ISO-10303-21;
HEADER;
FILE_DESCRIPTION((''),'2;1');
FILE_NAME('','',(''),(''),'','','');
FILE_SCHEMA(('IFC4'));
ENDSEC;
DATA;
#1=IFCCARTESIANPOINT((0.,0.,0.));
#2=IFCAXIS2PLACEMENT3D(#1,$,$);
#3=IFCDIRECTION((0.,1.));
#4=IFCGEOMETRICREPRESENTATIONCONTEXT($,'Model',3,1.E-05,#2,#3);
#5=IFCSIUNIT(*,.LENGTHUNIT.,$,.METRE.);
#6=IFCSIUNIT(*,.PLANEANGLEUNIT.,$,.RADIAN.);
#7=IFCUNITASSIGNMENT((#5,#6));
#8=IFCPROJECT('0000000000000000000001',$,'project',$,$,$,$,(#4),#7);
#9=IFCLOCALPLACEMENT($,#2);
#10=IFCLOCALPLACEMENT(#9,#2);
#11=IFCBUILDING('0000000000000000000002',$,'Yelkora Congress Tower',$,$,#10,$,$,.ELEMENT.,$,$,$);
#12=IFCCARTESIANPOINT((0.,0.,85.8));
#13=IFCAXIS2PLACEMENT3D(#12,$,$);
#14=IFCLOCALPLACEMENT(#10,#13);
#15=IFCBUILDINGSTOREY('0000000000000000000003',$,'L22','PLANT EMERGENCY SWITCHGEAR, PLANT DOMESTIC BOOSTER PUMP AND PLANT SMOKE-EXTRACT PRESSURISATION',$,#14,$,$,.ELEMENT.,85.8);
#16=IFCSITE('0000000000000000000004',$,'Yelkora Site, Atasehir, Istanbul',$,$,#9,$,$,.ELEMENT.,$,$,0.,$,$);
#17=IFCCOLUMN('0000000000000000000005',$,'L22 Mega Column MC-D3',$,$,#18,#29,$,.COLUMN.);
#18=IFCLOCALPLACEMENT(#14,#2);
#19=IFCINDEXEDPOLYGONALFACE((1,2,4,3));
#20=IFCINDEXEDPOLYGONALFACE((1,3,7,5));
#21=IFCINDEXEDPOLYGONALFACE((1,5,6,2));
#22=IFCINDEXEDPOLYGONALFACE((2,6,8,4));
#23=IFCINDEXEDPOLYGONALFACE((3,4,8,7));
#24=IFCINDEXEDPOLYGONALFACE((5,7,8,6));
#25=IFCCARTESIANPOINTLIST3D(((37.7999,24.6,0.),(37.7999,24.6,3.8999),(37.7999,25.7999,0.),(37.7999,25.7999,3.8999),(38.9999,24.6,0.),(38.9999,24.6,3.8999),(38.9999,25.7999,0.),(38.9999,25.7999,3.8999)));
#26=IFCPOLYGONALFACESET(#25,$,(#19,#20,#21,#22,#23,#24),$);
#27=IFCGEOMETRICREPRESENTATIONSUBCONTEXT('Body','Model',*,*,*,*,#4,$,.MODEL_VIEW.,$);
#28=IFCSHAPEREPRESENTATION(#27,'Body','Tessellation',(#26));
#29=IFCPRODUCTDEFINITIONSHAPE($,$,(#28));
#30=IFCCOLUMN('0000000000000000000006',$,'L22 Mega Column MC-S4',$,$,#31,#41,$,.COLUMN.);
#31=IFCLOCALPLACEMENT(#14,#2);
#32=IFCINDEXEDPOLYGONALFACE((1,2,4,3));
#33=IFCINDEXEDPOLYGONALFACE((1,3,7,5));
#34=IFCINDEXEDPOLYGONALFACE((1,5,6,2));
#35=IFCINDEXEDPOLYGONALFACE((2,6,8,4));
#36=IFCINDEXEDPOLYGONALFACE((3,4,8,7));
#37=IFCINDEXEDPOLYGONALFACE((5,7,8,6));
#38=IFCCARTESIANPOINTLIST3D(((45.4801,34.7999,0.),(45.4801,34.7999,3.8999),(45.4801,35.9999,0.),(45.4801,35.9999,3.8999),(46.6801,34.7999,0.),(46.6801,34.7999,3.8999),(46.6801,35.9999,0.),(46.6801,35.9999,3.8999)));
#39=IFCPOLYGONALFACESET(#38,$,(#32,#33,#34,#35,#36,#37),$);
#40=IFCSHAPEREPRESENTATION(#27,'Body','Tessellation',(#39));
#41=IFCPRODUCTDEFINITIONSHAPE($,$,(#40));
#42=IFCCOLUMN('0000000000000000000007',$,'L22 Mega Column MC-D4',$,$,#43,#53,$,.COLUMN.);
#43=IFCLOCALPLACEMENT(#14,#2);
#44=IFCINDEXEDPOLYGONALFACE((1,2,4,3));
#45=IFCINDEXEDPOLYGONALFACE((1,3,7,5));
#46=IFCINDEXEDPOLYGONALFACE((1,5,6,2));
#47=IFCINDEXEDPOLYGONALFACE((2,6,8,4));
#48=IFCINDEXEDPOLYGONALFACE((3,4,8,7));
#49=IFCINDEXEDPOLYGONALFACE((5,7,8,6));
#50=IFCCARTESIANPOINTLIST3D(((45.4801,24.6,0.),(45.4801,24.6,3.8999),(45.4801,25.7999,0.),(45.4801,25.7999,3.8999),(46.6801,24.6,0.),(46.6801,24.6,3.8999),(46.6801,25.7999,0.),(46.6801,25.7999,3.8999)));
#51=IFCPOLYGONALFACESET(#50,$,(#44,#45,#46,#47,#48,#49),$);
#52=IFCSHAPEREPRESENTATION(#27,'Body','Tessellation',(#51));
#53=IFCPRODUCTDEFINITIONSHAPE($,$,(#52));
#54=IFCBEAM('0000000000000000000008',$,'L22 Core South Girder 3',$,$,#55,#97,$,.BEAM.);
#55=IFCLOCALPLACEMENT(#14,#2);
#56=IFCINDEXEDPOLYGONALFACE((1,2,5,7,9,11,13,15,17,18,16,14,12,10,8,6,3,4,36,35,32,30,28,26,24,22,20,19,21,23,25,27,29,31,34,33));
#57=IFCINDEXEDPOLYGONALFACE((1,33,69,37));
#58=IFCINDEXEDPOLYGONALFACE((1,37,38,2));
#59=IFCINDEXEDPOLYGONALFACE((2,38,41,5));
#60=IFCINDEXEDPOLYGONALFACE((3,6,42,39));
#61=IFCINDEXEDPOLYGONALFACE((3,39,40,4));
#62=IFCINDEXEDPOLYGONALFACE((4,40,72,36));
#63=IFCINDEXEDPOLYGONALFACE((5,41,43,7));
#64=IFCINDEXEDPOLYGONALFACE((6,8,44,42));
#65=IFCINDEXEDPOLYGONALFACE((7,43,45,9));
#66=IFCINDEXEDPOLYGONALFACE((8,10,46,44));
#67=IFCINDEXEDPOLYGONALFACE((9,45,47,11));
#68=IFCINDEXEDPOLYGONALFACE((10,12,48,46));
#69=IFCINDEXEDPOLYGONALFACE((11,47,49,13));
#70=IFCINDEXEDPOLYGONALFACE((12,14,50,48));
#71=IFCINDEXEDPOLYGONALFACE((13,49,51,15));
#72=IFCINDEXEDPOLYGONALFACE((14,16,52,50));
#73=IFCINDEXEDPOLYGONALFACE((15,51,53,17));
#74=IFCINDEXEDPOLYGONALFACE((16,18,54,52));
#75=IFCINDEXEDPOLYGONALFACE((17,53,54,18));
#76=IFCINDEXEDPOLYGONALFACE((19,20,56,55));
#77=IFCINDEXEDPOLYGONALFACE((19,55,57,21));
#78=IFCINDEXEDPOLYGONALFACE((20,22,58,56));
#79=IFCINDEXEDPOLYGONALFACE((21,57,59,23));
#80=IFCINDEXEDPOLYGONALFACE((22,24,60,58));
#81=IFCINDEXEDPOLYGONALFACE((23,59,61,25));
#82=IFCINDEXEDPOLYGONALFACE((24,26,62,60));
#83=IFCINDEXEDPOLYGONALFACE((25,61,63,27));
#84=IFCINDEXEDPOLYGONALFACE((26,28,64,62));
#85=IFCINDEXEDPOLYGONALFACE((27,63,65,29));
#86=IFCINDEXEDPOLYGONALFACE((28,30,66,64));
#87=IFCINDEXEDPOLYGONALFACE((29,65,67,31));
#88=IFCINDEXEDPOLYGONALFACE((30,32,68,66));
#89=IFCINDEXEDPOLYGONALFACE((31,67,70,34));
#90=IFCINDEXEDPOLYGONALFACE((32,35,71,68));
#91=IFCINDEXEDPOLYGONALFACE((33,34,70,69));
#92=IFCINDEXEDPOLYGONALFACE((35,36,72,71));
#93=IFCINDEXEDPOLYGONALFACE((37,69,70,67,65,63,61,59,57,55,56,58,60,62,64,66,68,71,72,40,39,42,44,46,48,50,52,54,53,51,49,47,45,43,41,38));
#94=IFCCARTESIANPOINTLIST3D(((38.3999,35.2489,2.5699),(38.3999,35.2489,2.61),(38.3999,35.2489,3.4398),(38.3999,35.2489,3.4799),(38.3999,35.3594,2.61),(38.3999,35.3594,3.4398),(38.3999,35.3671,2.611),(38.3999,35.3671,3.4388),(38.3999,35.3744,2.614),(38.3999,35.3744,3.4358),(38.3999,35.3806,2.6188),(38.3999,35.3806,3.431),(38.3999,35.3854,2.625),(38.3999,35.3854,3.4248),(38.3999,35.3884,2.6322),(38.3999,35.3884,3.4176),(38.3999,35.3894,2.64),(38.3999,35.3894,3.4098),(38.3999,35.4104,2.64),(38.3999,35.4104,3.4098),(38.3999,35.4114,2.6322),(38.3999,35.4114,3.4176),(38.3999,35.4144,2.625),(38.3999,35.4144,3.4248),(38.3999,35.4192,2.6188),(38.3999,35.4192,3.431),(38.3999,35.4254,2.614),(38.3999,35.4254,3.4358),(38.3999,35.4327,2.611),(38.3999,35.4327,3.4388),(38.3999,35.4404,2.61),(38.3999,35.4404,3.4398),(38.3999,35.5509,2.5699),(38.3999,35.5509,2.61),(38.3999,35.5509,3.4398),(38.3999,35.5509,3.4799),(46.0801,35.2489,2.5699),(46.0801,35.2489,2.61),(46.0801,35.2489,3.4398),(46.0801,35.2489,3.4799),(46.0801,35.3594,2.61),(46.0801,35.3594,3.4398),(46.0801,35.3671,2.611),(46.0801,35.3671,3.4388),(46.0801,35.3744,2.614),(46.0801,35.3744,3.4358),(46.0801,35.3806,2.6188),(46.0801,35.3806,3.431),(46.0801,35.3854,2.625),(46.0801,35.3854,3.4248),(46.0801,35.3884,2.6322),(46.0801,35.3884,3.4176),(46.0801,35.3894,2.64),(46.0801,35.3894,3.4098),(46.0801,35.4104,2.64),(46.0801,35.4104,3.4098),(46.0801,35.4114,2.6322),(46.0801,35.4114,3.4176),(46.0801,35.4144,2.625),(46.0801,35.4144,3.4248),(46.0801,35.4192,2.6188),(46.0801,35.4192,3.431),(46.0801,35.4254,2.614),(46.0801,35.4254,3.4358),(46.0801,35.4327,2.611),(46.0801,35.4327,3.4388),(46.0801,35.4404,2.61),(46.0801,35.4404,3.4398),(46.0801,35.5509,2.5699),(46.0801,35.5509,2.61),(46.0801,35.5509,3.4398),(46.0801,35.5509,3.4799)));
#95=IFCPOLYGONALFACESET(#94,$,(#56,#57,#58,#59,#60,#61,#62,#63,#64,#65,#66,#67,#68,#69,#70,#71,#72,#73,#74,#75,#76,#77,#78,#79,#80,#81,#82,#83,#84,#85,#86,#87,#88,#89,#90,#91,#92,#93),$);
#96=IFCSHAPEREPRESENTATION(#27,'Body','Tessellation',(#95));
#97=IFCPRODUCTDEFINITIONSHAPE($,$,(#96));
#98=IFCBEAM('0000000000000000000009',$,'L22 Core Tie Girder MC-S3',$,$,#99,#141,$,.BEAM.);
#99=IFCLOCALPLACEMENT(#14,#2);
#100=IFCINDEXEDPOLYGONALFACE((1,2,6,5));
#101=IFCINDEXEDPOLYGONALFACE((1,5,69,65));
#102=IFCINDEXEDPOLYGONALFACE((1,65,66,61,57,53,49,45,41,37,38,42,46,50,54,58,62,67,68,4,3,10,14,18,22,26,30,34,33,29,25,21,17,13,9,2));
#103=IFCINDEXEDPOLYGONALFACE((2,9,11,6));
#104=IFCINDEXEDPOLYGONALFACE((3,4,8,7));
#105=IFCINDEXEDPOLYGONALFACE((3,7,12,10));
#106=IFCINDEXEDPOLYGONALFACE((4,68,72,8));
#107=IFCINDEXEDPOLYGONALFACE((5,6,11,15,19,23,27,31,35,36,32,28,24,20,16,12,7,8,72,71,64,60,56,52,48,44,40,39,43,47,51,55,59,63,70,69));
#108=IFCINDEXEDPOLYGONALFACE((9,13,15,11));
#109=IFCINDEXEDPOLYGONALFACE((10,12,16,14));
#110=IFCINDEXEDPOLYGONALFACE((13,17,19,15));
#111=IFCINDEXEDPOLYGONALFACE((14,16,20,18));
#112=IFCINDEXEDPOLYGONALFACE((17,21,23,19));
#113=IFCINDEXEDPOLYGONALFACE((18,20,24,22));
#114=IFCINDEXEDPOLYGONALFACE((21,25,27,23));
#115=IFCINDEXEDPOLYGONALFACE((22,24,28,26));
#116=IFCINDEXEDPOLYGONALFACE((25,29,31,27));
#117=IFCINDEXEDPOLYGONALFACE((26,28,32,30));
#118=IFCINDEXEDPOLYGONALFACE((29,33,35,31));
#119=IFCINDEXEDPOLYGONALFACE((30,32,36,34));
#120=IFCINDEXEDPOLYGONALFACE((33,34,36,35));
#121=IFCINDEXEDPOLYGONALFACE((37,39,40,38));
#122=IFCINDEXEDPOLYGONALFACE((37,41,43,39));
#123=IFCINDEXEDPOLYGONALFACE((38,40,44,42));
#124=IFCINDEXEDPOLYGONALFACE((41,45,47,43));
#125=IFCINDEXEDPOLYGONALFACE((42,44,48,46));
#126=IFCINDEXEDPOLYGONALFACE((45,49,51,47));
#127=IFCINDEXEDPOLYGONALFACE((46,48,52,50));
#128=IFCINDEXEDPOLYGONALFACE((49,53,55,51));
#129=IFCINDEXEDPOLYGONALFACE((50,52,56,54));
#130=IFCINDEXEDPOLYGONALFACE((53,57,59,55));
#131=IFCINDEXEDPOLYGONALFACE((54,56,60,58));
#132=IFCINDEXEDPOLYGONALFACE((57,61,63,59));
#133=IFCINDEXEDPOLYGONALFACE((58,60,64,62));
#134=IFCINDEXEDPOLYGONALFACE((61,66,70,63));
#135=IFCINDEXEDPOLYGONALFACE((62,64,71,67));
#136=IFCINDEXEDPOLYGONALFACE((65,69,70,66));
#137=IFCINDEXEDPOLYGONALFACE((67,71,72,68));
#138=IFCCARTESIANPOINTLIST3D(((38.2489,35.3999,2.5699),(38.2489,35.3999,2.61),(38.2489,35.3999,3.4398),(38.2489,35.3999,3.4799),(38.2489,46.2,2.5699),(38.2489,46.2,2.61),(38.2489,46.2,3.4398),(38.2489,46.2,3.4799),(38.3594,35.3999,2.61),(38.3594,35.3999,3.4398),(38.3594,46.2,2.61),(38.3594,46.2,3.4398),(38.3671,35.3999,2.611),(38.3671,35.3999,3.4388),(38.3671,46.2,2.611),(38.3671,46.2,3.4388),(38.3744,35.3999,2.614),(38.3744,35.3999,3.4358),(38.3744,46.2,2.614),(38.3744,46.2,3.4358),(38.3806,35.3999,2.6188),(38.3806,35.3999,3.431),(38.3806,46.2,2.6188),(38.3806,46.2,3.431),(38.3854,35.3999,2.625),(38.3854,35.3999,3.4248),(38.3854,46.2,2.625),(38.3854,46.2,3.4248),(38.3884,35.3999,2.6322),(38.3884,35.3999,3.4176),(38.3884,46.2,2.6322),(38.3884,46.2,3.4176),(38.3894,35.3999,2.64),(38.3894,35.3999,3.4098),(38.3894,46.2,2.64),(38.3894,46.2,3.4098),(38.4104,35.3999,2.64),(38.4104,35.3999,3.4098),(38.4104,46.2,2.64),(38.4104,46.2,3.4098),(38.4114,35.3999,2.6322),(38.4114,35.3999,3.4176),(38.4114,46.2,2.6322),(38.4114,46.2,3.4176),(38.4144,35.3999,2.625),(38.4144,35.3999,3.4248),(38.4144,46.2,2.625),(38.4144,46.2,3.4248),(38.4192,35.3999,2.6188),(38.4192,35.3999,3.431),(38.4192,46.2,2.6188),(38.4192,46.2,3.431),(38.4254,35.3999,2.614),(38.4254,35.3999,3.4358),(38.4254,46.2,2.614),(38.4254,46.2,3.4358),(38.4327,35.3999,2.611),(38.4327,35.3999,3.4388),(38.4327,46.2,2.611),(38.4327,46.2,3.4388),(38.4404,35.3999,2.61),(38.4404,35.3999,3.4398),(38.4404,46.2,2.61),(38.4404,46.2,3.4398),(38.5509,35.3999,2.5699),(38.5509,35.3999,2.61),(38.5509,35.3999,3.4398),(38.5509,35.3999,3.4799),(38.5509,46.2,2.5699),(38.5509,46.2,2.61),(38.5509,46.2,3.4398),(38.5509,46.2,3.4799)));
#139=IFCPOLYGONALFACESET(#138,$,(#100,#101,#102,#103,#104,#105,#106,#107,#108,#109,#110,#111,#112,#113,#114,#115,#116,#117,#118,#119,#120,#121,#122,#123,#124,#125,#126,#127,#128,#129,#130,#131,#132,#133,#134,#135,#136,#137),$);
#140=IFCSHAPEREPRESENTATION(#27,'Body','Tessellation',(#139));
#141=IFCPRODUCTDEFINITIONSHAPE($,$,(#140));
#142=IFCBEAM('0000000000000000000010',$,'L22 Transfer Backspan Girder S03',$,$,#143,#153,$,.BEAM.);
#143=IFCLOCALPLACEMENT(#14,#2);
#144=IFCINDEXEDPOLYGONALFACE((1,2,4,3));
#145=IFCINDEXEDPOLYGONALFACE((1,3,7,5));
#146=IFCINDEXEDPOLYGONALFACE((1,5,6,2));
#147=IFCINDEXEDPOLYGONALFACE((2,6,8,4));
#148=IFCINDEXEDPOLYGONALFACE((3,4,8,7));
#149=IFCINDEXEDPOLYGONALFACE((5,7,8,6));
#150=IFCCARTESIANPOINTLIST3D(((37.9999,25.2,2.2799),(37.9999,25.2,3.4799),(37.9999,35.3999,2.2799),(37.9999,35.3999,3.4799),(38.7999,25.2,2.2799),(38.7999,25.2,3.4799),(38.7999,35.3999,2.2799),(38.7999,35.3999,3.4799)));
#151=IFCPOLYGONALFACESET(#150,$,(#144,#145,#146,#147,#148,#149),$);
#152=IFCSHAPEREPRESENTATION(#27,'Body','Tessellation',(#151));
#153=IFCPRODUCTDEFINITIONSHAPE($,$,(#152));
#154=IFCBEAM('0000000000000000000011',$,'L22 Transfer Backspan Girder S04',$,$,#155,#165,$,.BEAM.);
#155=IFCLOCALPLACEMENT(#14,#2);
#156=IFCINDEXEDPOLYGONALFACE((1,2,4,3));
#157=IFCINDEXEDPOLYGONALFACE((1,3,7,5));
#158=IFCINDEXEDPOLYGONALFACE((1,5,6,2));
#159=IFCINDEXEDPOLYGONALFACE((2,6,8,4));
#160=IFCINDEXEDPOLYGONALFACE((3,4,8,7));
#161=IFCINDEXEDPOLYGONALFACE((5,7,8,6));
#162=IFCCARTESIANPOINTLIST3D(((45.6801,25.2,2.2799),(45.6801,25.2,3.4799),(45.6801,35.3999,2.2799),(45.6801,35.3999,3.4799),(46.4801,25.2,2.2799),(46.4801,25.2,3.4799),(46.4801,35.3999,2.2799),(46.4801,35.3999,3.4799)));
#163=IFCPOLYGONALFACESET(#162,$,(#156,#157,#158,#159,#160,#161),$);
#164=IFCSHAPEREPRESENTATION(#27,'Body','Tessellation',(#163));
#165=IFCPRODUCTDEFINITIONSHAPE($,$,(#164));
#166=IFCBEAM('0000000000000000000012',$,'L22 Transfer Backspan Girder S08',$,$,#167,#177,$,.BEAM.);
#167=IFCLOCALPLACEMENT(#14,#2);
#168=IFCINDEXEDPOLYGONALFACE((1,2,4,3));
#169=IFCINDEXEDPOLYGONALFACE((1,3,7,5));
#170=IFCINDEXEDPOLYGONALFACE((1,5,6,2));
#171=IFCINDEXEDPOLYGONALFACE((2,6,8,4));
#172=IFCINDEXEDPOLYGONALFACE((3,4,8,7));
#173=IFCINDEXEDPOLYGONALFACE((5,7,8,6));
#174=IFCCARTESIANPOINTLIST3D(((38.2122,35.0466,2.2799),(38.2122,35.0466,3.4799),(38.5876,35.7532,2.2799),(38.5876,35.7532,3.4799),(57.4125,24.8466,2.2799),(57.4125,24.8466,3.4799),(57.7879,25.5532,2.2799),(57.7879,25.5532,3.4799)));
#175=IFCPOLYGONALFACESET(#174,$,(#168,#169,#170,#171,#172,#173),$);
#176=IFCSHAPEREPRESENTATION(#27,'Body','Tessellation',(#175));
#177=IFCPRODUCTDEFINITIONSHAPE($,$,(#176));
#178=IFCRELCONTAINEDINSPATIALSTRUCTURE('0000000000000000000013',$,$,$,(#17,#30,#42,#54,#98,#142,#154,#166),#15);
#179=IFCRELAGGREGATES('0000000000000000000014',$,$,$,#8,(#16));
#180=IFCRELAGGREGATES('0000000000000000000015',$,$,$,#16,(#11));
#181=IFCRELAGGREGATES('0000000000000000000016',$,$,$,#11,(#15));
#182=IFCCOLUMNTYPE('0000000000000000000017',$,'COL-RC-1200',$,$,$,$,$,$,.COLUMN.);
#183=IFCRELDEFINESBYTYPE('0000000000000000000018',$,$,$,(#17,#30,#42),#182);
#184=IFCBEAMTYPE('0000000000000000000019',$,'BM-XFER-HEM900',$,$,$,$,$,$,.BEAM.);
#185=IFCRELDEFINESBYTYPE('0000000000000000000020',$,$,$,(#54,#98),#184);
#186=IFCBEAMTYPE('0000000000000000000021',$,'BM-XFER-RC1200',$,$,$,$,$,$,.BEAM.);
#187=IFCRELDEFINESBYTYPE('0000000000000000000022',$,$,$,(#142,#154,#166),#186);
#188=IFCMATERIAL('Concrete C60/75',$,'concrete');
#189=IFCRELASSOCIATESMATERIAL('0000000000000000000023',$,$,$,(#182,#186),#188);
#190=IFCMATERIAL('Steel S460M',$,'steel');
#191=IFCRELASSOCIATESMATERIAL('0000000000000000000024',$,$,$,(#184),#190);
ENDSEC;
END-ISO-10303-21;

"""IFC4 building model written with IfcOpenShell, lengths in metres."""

from ifc_helpers import new_model, si_unit, direction, frame, origin, origin_2d, place, context, subcontext, project, spatial, rectangle, i_section, extrude, material, material_profile, profile_set, type_object, element, save


model = new_model("IFC4")

# Units and contexts
model_context = context("Model", 3, precision=1e-05, world=origin(), true_north=direction((0.0, 1.0)))
body_context = subcontext(model_context, "Body", "Model", "MODEL_VIEW")
ifc_project = project(units=[si_unit("LENGTHUNIT", "METRE"), si_unit("PLANEANGLEUNIT", "RADIAN")], contexts=[model_context])

# Site, building, storey
site_placement = place(None, origin())
site = spatial("IfcSite", under=ifc_project, at=site_placement, Name="Yelkora Site, Atasehir, Istanbul", CompositionType="ELEMENT", RefElevation=0.0)
building_placement = place(site_placement, origin())
building = spatial("IfcBuilding", under=site, at=building_placement, Name="Yelkora Congress Tower", CompositionType="ELEMENT")
storey_placement = place(building_placement, frame((0.0, 0.0, 85.8)))
storey = spatial("IfcBuildingStorey", under=building, at=storey_placement, Name="L22", Description="PLANT EMERGENCY SWITCHGEAR, PLANT DOMESTIC BOOSTER PUMP AND PLANT SMOKE-EXTRACT PRESSURISATION", CompositionType="ELEMENT", Elevation=85.8)

# Columns
ifc_material_1 = material(Name="Concrete C60/75", Category="concrete")
ifc_material_profile_1 = material_profile(ifc_material_1, rectangle(XDim=1.2, YDim=1.2, at=origin_2d()), Name="RC 1200x1200")
ifc_profile_set_1 = profile_set([ifc_material_profile_1], Name="Concrete C60/75")
column_type = type_object("IfcColumnType", Name="COL-RC-1200", PredefinedType="COLUMN", material=ifc_profile_set_1)
for number, where, z_axis, x_axis, name in (
    (1, (38.3999, 25.2, 0.0), (0.0, 0.0, 1.0), (1.0, 0.0, 0.0), "L22 Mega Column MC-D3"),
    (2, (46.0801, 35.3999, 0.0), (0.0, 0.0, 1.0), (1.0, 0.0, 0.0), "L22 Mega Column MC-S4"),
    (3, (46.0801, 25.2, 0.0), (0.0, 0.0, 1.0), (1.0, 0.0, 0.0), "L22 Mega Column MC-D4"),
):
    element("IfcColumn", number, at=place(storey_placement, frame(where, z_axis=z_axis, x_axis=x_axis)), inside=storey, type_object=column_type, Name=name, PredefinedType="COLUMN", context=body_context, shape_type="SweptSolid", body=[
        extrude(rectangle(XDim=1.2, YDim=1.2, at=origin_2d()), origin(), (0.0, 0.0, 1.0), 3.8999),
    ])

# Beams
ifc_material_2 = material(Name="Steel S460M", Category="steel")
ifc_material_profile_2 = material_profile(ifc_material_2, i_section(OverallWidth=0.302, OverallDepth=0.9099, WebThickness=0.021, FlangeThickness=0.04, FilletRadius=0.03, at=origin_2d()), Name="HEM 900")
ifc_profile_set_2 = profile_set([ifc_material_profile_2], Name="Steel S460M")
beam_type_1 = type_object("IfcBeamType", Name="BM-XFER-HEM900", PredefinedType="BEAM", material=ifc_profile_set_2)
beam_1_placement = place(storey_placement, frame((38.3999, 35.3999, 3.0249), z_axis=(1.0, 0.0, 0.0), x_axis=(0.0, 1.0, 0.0)))
element("IfcBeam", 4, at=beam_1_placement, inside=storey, type_object=beam_type_1, Name="L22 Core South Girder 3", PredefinedType="BEAM", context=body_context, shape_type="SweptSolid", body=[
    extrude(i_section(OverallWidth=0.302, OverallDepth=0.9099, WebThickness=0.021, FlangeThickness=0.04, FilletRadius=0.03, at=origin_2d()), origin(), (0.0, 0.0, 1.0), 7.6802),
])
beam_2_placement = place(storey_placement, frame((38.3999, 35.3999, 3.0249), z_axis=(0.0, 1.0, 0.0), x_axis=(-1.0, 0.0, 0.0)))
element("IfcBeam", 5, at=beam_2_placement, inside=storey, type_object=beam_type_1, Name="L22 Core Tie Girder MC-S3", PredefinedType="BEAM", context=body_context, shape_type="SweptSolid", body=[
    extrude(i_section(OverallWidth=0.302, OverallDepth=0.9099, WebThickness=0.021, FlangeThickness=0.04, FilletRadius=0.03, at=origin_2d()), origin(), (0.0, 0.0, 1.0), 10.8),
])
ifc_material_profile_3 = material_profile(ifc_material_1, rectangle(XDim=0.8, YDim=1.2, at=origin_2d()), Name="RC 800x1200")
ifc_profile_set_3 = profile_set([ifc_material_profile_3], Name="Concrete C60/75")
beam_type_2 = type_object("IfcBeamType", Name="BM-XFER-RC1200", PredefinedType="BEAM", material=ifc_profile_set_3)
for number, where, z_axis, x_axis, name in (
    (6, (38.3999, 35.3999, 2.8799), (0.0, -1.0, 0.0), (1.0, 0.0, 0.0), "L22 Transfer Backspan Girder S03"),
    (7, (46.0801, 35.3999, 2.8799), (0.0, -1.0, 0.0), (1.0, 0.0, 0.0), "L22 Transfer Backspan Girder S04"),
):
    element("IfcBeam", number, at=place(storey_placement, frame(where, z_axis=z_axis, x_axis=x_axis)), inside=storey, type_object=beam_type_2, Name=name, PredefinedType="BEAM", context=body_context, shape_type="SweptSolid", body=[
        extrude(rectangle(XDim=0.8, YDim=1.2, at=origin_2d()), origin(), (0.0, 0.0, 1.0), 10.2),
    ])
beam_3_placement = place(storey_placement, frame((38.3999, 35.3999, 2.8799), z_axis=(0.883119, -0.46915, 0.0), x_axis=(0.46915, 0.883119, 0.0)))
element("IfcBeam", 8, at=beam_3_placement, inside=storey, type_object=beam_type_2, Name="L22 Transfer Backspan Girder S08", PredefinedType="BEAM", context=body_context, shape_type="SweptSolid", body=[
    extrude(rectangle(XDim=0.8, YDim=1.2, at=origin_2d()), origin(), (0.0, 0.0, 1.0), 21.7415),
])

save(model, "model.ifc")
